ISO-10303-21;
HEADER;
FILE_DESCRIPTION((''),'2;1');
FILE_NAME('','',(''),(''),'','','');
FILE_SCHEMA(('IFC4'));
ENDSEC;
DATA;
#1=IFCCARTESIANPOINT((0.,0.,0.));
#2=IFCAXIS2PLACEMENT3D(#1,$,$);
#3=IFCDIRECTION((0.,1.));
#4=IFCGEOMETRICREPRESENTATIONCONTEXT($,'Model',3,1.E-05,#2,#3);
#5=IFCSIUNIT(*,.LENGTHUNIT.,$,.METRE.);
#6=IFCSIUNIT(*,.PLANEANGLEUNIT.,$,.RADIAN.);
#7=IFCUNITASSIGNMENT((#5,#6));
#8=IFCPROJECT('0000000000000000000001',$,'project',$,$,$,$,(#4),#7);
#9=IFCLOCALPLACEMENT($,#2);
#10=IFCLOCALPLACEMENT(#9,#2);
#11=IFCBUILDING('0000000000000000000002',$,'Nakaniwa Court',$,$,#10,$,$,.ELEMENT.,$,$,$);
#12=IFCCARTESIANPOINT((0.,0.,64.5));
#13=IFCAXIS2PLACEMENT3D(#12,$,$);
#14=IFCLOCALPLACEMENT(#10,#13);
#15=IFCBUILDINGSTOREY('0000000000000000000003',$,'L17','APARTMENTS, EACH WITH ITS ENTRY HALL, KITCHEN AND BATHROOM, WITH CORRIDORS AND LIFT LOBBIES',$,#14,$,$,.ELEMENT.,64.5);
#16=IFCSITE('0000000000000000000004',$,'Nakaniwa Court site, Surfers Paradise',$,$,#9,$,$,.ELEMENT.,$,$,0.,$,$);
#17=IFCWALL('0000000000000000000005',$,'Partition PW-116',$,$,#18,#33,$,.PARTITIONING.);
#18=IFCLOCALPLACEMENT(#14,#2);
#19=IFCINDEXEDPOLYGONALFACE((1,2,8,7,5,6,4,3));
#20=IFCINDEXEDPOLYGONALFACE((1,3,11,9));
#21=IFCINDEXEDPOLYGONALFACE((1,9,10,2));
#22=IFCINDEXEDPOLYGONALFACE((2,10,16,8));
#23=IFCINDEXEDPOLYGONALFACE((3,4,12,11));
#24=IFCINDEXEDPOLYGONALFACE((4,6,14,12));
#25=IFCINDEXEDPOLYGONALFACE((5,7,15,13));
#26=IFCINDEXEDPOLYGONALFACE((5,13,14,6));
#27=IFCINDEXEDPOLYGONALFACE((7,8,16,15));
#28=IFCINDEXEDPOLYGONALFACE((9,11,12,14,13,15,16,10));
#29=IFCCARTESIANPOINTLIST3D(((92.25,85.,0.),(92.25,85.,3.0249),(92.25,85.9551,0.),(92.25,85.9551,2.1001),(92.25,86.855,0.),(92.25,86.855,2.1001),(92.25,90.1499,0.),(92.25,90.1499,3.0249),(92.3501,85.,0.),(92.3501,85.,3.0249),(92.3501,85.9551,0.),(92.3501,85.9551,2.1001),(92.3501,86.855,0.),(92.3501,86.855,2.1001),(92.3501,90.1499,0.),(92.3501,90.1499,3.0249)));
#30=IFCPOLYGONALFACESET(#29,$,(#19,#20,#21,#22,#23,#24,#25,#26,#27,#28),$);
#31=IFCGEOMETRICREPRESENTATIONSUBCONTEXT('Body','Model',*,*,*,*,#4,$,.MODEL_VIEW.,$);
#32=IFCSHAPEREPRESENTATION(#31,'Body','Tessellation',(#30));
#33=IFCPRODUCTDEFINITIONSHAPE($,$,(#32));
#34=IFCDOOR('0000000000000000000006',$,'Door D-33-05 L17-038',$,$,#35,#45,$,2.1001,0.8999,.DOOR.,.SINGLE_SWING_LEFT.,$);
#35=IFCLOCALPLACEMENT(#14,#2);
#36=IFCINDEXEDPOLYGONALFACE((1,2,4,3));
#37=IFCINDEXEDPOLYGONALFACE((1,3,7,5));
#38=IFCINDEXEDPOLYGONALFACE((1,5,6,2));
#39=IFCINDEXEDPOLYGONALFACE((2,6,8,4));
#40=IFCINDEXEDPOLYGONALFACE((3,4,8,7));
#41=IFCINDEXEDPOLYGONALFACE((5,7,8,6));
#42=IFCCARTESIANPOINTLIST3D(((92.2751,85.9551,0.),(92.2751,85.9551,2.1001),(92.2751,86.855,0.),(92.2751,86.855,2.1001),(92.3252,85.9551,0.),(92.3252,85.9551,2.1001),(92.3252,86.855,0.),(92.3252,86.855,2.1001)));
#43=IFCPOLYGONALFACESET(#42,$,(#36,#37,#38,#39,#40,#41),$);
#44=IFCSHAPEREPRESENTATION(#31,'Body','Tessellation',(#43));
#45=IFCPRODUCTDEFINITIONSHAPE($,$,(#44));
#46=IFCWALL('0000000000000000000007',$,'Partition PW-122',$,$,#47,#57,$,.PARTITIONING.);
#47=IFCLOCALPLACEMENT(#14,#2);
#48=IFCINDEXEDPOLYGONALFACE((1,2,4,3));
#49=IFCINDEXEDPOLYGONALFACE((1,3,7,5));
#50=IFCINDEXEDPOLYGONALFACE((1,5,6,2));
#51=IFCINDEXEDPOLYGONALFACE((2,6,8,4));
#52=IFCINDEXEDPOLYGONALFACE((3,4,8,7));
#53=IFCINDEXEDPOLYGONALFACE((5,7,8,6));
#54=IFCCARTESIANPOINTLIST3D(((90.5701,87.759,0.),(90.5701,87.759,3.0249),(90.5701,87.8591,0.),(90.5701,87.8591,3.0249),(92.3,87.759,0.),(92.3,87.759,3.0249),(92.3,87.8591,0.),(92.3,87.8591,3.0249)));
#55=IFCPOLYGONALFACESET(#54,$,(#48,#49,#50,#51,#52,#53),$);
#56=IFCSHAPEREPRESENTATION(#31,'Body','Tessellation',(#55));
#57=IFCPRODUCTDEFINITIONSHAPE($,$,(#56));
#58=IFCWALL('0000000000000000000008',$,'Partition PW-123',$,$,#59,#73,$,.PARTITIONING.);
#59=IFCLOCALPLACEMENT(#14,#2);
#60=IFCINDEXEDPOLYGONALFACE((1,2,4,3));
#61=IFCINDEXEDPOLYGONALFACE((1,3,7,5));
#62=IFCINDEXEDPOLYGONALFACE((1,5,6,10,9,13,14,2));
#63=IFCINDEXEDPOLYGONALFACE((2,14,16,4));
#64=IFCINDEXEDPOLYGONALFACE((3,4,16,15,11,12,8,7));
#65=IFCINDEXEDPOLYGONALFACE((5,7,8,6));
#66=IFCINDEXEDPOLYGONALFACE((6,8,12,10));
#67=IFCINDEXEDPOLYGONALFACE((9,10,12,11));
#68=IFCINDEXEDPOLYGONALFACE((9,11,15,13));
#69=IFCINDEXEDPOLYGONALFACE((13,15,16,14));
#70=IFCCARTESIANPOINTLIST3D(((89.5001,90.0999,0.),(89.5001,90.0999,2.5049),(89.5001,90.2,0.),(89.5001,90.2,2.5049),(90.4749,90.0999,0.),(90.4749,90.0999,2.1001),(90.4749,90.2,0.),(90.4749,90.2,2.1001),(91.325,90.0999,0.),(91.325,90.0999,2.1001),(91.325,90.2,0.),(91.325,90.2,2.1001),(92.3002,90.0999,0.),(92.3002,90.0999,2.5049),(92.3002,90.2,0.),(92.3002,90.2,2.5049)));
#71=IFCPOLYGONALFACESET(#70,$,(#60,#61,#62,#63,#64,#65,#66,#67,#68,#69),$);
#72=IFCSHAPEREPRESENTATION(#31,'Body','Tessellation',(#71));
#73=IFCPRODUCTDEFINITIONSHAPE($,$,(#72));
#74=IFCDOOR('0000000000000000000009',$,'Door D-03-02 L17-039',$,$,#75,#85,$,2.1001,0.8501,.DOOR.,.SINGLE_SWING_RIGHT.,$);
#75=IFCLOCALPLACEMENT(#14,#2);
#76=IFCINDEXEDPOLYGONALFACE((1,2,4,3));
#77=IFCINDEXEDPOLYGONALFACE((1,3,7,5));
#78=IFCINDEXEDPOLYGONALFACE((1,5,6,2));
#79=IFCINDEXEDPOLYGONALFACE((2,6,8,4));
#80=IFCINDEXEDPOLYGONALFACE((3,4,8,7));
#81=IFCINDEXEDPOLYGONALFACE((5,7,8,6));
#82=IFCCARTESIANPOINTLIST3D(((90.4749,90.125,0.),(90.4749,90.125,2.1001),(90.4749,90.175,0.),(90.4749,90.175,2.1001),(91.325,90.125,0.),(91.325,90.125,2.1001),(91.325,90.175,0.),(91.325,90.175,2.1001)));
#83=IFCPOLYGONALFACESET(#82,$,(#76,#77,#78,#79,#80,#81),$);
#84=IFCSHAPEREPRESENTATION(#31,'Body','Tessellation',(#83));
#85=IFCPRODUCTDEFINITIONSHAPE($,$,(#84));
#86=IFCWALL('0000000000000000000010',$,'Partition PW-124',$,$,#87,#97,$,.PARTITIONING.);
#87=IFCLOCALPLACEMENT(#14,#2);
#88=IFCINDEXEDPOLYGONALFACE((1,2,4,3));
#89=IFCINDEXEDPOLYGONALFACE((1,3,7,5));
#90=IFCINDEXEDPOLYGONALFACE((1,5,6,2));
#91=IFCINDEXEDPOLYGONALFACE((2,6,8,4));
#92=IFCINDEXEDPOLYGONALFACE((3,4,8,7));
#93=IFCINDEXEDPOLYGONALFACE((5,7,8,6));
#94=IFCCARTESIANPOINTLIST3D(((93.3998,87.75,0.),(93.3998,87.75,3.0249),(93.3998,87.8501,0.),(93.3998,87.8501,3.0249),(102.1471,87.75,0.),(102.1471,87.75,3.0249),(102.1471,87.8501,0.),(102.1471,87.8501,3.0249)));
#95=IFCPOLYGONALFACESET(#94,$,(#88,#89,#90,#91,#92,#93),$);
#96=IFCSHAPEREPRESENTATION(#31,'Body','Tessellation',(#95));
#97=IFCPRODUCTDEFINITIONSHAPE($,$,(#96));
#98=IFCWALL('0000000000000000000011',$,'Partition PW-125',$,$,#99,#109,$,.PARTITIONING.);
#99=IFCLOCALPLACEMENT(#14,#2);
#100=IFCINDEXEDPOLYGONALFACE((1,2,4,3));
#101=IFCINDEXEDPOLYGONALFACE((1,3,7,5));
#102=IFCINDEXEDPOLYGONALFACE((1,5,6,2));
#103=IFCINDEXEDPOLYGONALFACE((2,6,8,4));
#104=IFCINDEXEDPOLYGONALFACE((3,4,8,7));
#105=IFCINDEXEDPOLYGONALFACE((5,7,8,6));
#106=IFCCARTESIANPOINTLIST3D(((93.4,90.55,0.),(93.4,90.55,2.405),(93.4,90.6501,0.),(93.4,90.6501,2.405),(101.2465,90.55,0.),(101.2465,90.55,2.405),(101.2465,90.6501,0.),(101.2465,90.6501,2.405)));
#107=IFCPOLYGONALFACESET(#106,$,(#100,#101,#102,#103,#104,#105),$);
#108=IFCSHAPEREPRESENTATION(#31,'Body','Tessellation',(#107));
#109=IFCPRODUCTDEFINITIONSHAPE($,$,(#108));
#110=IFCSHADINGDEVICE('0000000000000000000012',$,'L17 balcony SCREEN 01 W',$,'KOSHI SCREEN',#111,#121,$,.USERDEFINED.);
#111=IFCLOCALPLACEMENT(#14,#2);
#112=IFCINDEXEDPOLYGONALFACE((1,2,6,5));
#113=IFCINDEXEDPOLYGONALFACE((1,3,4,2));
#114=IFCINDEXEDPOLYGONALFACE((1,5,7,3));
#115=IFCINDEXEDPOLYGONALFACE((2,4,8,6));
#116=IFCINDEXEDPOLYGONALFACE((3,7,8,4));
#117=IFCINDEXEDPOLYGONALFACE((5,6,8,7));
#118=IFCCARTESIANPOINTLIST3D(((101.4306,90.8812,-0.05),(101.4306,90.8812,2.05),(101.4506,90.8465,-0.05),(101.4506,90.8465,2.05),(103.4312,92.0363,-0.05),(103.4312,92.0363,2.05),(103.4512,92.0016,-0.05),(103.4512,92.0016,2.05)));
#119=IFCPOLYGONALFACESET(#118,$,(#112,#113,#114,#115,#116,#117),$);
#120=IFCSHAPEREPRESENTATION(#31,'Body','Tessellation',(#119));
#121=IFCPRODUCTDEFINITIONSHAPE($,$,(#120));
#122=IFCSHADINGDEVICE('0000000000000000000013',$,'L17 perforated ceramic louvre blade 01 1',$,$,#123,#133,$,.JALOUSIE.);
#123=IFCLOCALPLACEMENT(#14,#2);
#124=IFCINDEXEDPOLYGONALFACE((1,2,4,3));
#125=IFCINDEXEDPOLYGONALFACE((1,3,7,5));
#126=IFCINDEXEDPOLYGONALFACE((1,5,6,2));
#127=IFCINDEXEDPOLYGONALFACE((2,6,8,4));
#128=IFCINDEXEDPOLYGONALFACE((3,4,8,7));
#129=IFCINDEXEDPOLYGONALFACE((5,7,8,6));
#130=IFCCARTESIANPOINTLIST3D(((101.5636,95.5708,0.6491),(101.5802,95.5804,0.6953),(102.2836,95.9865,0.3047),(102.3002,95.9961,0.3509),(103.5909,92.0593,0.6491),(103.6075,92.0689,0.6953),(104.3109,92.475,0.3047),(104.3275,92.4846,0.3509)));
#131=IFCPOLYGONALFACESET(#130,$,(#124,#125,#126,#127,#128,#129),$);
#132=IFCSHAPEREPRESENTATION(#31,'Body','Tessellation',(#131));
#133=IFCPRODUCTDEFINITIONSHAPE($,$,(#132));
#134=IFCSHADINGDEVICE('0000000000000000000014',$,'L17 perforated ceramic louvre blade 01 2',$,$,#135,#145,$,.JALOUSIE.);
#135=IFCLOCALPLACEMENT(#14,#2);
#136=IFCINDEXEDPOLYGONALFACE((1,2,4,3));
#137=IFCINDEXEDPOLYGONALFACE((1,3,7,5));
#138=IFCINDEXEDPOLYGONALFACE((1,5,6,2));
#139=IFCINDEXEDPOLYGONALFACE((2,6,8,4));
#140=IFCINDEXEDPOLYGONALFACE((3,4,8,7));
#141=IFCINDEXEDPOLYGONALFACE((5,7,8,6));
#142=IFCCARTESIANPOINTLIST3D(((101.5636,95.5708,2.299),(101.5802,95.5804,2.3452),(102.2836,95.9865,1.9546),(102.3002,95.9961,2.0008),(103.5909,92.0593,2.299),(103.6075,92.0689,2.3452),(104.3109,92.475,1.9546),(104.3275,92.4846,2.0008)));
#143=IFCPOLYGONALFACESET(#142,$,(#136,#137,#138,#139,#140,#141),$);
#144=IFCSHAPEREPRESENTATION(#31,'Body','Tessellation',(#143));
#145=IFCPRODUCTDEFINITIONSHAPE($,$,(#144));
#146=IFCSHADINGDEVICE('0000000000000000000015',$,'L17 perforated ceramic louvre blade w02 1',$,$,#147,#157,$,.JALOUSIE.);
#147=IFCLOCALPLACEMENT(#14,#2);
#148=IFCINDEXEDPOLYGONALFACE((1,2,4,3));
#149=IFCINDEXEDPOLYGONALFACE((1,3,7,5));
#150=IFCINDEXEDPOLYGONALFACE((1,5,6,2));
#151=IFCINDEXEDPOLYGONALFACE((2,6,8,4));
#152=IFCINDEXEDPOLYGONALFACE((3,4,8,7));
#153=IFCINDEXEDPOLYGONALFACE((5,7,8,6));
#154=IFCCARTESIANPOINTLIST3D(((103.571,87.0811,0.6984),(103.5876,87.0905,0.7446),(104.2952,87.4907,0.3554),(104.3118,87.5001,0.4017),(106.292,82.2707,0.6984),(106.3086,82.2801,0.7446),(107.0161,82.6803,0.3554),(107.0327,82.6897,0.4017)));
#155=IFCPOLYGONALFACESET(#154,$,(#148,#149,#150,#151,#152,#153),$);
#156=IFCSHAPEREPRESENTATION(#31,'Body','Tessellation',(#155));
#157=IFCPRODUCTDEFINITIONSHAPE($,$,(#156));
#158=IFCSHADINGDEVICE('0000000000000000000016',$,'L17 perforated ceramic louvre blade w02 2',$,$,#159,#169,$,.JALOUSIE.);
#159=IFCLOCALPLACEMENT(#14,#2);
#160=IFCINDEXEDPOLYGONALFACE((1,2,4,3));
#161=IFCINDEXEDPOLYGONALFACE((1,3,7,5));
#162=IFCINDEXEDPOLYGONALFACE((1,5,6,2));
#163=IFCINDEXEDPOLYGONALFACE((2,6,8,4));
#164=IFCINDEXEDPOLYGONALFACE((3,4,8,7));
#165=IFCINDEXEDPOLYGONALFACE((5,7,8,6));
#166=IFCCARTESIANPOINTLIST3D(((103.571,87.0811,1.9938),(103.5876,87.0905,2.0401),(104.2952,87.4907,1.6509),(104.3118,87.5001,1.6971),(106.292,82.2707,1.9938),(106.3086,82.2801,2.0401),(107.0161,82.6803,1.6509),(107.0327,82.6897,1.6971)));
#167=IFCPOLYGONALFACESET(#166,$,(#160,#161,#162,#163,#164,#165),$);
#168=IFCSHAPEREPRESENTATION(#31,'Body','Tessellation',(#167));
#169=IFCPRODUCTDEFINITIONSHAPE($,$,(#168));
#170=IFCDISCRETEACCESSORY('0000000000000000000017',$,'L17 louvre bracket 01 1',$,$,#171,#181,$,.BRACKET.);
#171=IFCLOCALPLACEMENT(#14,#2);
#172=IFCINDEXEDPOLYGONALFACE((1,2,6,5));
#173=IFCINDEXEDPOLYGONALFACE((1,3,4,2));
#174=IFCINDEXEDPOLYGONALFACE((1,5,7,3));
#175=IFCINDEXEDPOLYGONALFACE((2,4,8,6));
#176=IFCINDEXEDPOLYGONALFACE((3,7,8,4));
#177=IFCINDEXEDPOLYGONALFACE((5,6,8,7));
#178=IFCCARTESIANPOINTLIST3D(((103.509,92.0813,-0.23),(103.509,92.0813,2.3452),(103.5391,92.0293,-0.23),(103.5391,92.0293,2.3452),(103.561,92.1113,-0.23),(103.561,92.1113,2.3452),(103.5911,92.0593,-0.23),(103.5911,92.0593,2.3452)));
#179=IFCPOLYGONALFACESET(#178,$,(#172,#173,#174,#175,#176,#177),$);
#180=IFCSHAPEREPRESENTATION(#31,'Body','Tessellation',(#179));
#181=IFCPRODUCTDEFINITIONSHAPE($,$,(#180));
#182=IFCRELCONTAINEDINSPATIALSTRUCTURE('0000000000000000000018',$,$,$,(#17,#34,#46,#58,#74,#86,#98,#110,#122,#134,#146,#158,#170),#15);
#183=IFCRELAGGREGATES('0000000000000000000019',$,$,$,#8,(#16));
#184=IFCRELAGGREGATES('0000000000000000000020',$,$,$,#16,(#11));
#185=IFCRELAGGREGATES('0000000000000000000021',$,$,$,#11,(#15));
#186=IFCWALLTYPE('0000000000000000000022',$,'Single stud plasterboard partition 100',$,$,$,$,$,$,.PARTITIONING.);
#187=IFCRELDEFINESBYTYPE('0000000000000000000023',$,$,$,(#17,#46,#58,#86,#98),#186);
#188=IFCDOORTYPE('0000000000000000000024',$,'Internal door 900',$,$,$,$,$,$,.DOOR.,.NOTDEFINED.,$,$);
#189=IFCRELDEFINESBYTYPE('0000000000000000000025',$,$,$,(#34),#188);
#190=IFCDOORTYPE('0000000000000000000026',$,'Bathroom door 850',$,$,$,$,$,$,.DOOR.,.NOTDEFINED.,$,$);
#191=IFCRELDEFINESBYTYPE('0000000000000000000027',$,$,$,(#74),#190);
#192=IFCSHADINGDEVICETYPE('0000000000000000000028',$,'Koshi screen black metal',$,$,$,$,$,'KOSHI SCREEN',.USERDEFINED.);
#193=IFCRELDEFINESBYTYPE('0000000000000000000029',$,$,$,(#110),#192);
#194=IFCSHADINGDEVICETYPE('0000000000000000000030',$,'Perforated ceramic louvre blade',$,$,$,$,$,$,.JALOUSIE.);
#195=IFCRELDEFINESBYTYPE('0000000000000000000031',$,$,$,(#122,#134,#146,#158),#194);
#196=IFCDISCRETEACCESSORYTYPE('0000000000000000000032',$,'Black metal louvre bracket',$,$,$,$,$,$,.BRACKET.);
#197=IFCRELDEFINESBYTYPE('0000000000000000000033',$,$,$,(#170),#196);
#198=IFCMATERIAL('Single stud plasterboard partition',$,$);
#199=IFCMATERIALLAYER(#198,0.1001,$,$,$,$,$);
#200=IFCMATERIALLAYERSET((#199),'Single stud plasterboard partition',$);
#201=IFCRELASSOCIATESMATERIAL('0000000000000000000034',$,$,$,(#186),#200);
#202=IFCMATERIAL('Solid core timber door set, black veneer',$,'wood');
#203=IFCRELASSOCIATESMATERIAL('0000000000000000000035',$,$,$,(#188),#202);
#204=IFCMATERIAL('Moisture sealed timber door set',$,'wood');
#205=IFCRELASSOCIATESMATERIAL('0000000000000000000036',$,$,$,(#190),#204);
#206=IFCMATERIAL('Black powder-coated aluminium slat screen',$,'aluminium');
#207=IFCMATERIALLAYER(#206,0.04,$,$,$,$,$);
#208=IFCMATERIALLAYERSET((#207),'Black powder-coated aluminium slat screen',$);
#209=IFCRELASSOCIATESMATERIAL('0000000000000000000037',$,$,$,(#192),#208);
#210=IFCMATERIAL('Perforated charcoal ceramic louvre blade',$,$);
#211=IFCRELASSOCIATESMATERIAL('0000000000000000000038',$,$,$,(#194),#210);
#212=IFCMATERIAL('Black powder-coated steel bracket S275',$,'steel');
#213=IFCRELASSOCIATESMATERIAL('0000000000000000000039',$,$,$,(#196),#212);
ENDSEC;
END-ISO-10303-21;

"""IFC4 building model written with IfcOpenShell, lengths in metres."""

from ifc_helpers import new_model, si_unit, direction, frame, frame_2d, origin, origin_2d, place, context, subcontext, project, spatial, rectangle, extrude, material, layer, layer_set, material_profile, profile_set, type_object, element, fill, save


model = new_model("IFC4")

# Units and contexts
model_context = context("Model", 3, precision=1e-05, world=origin(), true_north=direction((0.0, 1.0)))
body_context = subcontext(model_context, "Body", "Model", "MODEL_VIEW")
ifc_project = project(units=[si_unit("LENGTHUNIT", "METRE"), si_unit("PLANEANGLEUNIT", "RADIAN")], contexts=[model_context])

# Site, building, storey
site_placement = place(None, origin())
site = spatial("IfcSite", under=ifc_project, at=site_placement, Name="Nakaniwa Court site, Surfers Paradise", CompositionType="ELEMENT", RefElevation=0.0)
building_placement = place(site_placement, origin())
building = spatial("IfcBuilding", under=site, at=building_placement, Name="Nakaniwa Court", CompositionType="ELEMENT")
storey_placement = place(building_placement, frame((0.0, 0.0, 64.5)))
storey = spatial("IfcBuildingStorey", under=building, at=storey_placement, Name="L17", Description="APARTMENTS, EACH WITH ITS ENTRY HALL, KITCHEN AND BATHROOM, WITH CORRIDORS AND LIFT LOBBIES", CompositionType="ELEMENT", Elevation=64.5)

# Wall, opening, door
ifc_material_1 = material(Name="Single stud plasterboard partition")
ifc_layer_1 = layer(ifc_material_1, 0.1001)
ifc_layer_set_1 = layer_set([ifc_layer_1], Name="Single stud plasterboard partition")
wall_type_1 = type_object("IfcWallType", Name="Single stud plasterboard partition 100", PredefinedType="PARTITIONING", material=ifc_layer_set_1)
wall_1_placement = place(storey_placement, frame((92.3, 85.0, 0.0), z_axis=(0.0, 0.0, 1.0), x_axis=(0.0, 1.0, 0.0)))
wall_1 = element("IfcWall", 1, at=wall_1_placement, inside=storey, type_object=wall_type_1, Name="Partition PW-116", PredefinedType="PARTITIONING", context=body_context, shape_type="SweptSolid", body=[
    extrude(rectangle(XDim=5.1499, YDim=0.1001, at=frame_2d((2.575, 0.0))), origin(), (0.0, 0.0, 1.0), 3.0249),
])
opening_1_placement = place(wall_1_placement, frame((0.9551, 0.0, 0.0)))
opening_1 = element("IfcOpeningElement", 2, at=opening_1_placement, cuts=wall_1, PredefinedType="OPENING", context=body_context, shape_type="SweptSolid", body=[
    extrude(rectangle(XDim=0.8999, YDim=2.1001, at=frame_2d((0.45, 1.05))), frame((0.0, 0.0601, 0.0), z_axis=(0.0, -1.0, 0.0), x_axis=(1.0, 0.0, 0.0)), (0.0, 0.0, 1.0), 0.1201),
])
ifc_material_2 = material(Name="Solid core timber door set, black veneer", Category="wood")
door_type_1 = type_object("IfcDoorType", Name="Internal door 900", OperationType="NOTDEFINED", PredefinedType="DOOR", material=ifc_material_2)
door_1_placement = place(opening_1_placement, origin())
door_1 = element("IfcDoor", 3, at=door_1_placement, inside=storey, type_object=door_type_1, Name="Door D-33-05 L17-038", OperationType="SINGLE_SWING_LEFT", OverallHeight=2.1001, OverallWidth=0.8999, PredefinedType="DOOR", context=body_context, shape_type="SweptSolid", body=[
    extrude(rectangle(XDim=0.8999, YDim=2.1001, at=frame_2d((0.45, 1.05))), frame((0.0, 0.0249, 0.0), z_axis=(0.0, -1.0, 0.0), x_axis=(1.0, 0.0, 0.0)), (0.0, 0.0, 1.0), 0.05),
])
fill(opening_1, door_1)

# Wall
wall_2_placement = place(storey_placement, frame((90.5701, 87.8091, 0.0), z_axis=(0.0, 0.0, 1.0), x_axis=(1.0, 0.0, 0.0)))
element("IfcWall", 4, at=wall_2_placement, inside=storey, type_object=wall_type_1, Name="Partition PW-122", PredefinedType="PARTITIONING", context=body_context, shape_type="SweptSolid", body=[
    extrude(rectangle(XDim=1.73, YDim=0.1001, at=frame_2d((0.865, 0.0))), origin(), (0.0, 0.0, 1.0), 3.0249),
])

# Wall, opening, door
wall_3_placement = place(storey_placement, frame((92.3, 90.1499, 0.0), z_axis=(0.0, 0.0, 1.0), x_axis=(-1.0, 0.0, 0.0)))
wall_3 = element("IfcWall", 5, at=wall_3_placement, inside=storey, type_object=wall_type_1, Name="Partition PW-123", PredefinedType="PARTITIONING", context=body_context, shape_type="SweptSolid", body=[
    extrude(rectangle(XDim=2.8, YDim=0.1001, at=frame_2d((1.3999, 0.0))), origin(), (0.0, 0.0, 1.0), 2.5049),
])
opening_2_placement = place(wall_3_placement, frame((0.9751, 0.0, 0.0)))
opening_2 = element("IfcOpeningElement", 6, at=opening_2_placement, cuts=wall_3, PredefinedType="OPENING", context=body_context, shape_type="SweptSolid", body=[
    extrude(rectangle(XDim=0.8501, YDim=2.1001, at=frame_2d((0.425, 1.05))), frame((0.0, 0.0601, 0.0), z_axis=(0.0, -1.0, 0.0), x_axis=(1.0, 0.0, 0.0)), (0.0, 0.0, 1.0), 0.1201),
])
ifc_material_3 = material(Name="Moisture sealed timber door set", Category="wood")
door_type_2 = type_object("IfcDoorType", Name="Bathroom door 850", OperationType="NOTDEFINED", PredefinedType="DOOR", material=ifc_material_3)
door_2_placement = place(opening_2_placement, origin())
door_2 = element("IfcDoor", 7, at=door_2_placement, inside=storey, type_object=door_type_2, Name="Door D-03-02 L17-039", OperationType="SINGLE_SWING_RIGHT", OverallHeight=2.1001, OverallWidth=0.8501, PredefinedType="DOOR", context=body_context, shape_type="SweptSolid", body=[
    extrude(rectangle(XDim=0.8501, YDim=2.1001, at=frame_2d((0.425, 1.05))), frame((0.0, 0.0249, 0.0), z_axis=(0.0, -1.0, 0.0), x_axis=(1.0, 0.0, 0.0)), (0.0, 0.0, 1.0), 0.05),
])
fill(opening_2, door_2)

# Walls
wall_4_placement = place(storey_placement, frame((93.3999, 87.8, 0.0), z_axis=(0.0, 0.0, 1.0), x_axis=(1.0, 0.0, 0.0)))
element("IfcWall", 8, at=wall_4_placement, inside=storey, type_object=wall_type_1, Name="Partition PW-124", PredefinedType="PARTITIONING", context=body_context, shape_type="SweptSolid", body=[
    extrude(rectangle(XDim=8.7473, YDim=0.1001, at=frame_2d((4.3735, 0.0))), origin(), (0.0, 0.0, 1.0), 3.0249),
])
wall_5_placement = place(storey_placement, frame((93.3999, 90.6001, 0.0), z_axis=(0.0, 0.0, 1.0), x_axis=(1.0, 0.0, 0.0)))
element("IfcWall", 9, at=wall_5_placement, inside=storey, type_object=wall_type_1, Name="Partition PW-125", PredefinedType="PARTITIONING", context=body_context, shape_type="SweptSolid", body=[
    extrude(rectangle(XDim=7.8464, YDim=0.1001, at=frame_2d((3.9233, 0.0))), origin(), (0.0, 0.0, 1.0), 2.405),
])

# Shading devices
ifc_material_4 = material(Name="Black powder-coated aluminium slat screen", Category="aluminium")
ifc_layer_2 = layer(ifc_material_4, 0.04)
ifc_layer_set_2 = layer_set([ifc_layer_2], Name="Black powder-coated aluminium slat screen")
shading_device_type_1 = type_object("IfcShadingDeviceType", Name="Koshi screen black metal", ElementType="KOSHI SCREEN", PredefinedType="USERDEFINED", material=ifc_layer_set_2)
shading_device_placement = place(storey_placement, frame((102.4409, 91.4414, -0.05), z_axis=(0.0, 0.0, 1.0), x_axis=(-0.500005, 0.866023, 0.0)))
element("IfcShadingDevice", 10, at=shading_device_placement, inside=storey, type_object=shading_device_type_1, Name="L17 balcony SCREEN 01 W", ObjectType="KOSHI SCREEN", PredefinedType="USERDEFINED", context=body_context, shape_type="SweptSolid", body=[
    extrude(rectangle(XDim=0.04, YDim=2.3101, at=origin_2d()), origin(), (0.0, 0.0, 1.0), 2.1001),
])
ifc_material_5 = material(Name="Perforated charcoal ceramic louvre blade")
ifc_material_profile_1 = material_profile(ifc_material_5, rectangle(XDim=0.8999, YDim=0.05, at=origin_2d()), Name="Perforated ceramic louvre blade")
ifc_profile_set_1 = profile_set([ifc_material_profile_1], Name="Perforated charcoal ceramic louvre blade")
shading_device_type_2 = type_object("IfcShadingDeviceType", Name="Perforated ceramic louvre blade", PredefinedType="JALOUSIE", material=ifc_profile_set_1)
for number, where, z_axis, x_axis, name in (
    (11, (103.9592, 92.272, 0.5), (-0.499999, 0.866026, 0.0), (-0.800104, -0.461939, 0.382683), "L17 perforated ceramic louvre blade 01 1"),
    (12, (103.9592, 92.272, 2.1499), (-0.499999, 0.866026, 0.0), (-0.800104, -0.461939, 0.382683), "L17 perforated ceramic louvre blade 01 2"),
):
    element("IfcShadingDevice", number, at=place(storey_placement, frame(where, z_axis=z_axis, x_axis=x_axis)), inside=storey, type_object=shading_device_type_2, Name=name, PredefinedType="JALOUSIE", context=body_context, shape_type="SweptSolid", body=[
        extrude(rectangle(XDim=0.8999, YDim=0.05, at=origin_2d()), origin(), (0.0, 0.0, 1.0), 4.0547),
    ])
for number, where, z_axis, x_axis, name in (
    (13, (106.6624, 82.4802, 0.55), (-0.492343, 0.870402, 0.0), (-0.804726, -0.455193, 0.38107), "L17 perforated ceramic louvre blade w02 1"),
    (14, (106.6624, 82.4802, 1.8455), (-0.492343, 0.870402, 0.0), (-0.804726, -0.455193, 0.38107), "L17 perforated ceramic louvre blade w02 2"),
):
    element("IfcShadingDevice", number, at=place(storey_placement, frame(where, z_axis=z_axis, x_axis=x_axis)), inside=storey, type_object=shading_device_type_2, Name=name, PredefinedType="JALOUSIE", context=body_context, shape_type="SweptSolid", body=[
        extrude(rectangle(XDim=0.8999, YDim=0.05, at=origin_2d()), origin(), (0.0, 0.0, 1.0), 5.5266),
    ])

# Discrete accessory
ifc_material_6 = material(Name="Black powder-coated steel bracket S275", Category="steel")
discrete_accessory_type_1 = type_object("IfcDiscreteAccessoryType", Name="Black metal louvre bracket", PredefinedType="BRACKET", material=ifc_material_6)
discrete_accessory_1_placement = place(storey_placement, frame((103.55, 92.0703, -0.23), z_axis=(0.0, 0.0, 1.0), x_axis=(-0.500005, 0.866023, 0.0)))
element("IfcDiscreteAccessory", 15, at=discrete_accessory_1_placement, inside=storey, type_object=discrete_accessory_type_1, Name="L17 louvre bracket 01 1", PredefinedType="BRACKET", context=body_context, shape_type="SweptSolid", body=[
    extrude(rectangle(XDim=0.0601, YDim=0.0601, at=origin_2d()), origin(), (0.0, 0.0, 1.0), 2.5752),
])

save(model, "model.ifc")
